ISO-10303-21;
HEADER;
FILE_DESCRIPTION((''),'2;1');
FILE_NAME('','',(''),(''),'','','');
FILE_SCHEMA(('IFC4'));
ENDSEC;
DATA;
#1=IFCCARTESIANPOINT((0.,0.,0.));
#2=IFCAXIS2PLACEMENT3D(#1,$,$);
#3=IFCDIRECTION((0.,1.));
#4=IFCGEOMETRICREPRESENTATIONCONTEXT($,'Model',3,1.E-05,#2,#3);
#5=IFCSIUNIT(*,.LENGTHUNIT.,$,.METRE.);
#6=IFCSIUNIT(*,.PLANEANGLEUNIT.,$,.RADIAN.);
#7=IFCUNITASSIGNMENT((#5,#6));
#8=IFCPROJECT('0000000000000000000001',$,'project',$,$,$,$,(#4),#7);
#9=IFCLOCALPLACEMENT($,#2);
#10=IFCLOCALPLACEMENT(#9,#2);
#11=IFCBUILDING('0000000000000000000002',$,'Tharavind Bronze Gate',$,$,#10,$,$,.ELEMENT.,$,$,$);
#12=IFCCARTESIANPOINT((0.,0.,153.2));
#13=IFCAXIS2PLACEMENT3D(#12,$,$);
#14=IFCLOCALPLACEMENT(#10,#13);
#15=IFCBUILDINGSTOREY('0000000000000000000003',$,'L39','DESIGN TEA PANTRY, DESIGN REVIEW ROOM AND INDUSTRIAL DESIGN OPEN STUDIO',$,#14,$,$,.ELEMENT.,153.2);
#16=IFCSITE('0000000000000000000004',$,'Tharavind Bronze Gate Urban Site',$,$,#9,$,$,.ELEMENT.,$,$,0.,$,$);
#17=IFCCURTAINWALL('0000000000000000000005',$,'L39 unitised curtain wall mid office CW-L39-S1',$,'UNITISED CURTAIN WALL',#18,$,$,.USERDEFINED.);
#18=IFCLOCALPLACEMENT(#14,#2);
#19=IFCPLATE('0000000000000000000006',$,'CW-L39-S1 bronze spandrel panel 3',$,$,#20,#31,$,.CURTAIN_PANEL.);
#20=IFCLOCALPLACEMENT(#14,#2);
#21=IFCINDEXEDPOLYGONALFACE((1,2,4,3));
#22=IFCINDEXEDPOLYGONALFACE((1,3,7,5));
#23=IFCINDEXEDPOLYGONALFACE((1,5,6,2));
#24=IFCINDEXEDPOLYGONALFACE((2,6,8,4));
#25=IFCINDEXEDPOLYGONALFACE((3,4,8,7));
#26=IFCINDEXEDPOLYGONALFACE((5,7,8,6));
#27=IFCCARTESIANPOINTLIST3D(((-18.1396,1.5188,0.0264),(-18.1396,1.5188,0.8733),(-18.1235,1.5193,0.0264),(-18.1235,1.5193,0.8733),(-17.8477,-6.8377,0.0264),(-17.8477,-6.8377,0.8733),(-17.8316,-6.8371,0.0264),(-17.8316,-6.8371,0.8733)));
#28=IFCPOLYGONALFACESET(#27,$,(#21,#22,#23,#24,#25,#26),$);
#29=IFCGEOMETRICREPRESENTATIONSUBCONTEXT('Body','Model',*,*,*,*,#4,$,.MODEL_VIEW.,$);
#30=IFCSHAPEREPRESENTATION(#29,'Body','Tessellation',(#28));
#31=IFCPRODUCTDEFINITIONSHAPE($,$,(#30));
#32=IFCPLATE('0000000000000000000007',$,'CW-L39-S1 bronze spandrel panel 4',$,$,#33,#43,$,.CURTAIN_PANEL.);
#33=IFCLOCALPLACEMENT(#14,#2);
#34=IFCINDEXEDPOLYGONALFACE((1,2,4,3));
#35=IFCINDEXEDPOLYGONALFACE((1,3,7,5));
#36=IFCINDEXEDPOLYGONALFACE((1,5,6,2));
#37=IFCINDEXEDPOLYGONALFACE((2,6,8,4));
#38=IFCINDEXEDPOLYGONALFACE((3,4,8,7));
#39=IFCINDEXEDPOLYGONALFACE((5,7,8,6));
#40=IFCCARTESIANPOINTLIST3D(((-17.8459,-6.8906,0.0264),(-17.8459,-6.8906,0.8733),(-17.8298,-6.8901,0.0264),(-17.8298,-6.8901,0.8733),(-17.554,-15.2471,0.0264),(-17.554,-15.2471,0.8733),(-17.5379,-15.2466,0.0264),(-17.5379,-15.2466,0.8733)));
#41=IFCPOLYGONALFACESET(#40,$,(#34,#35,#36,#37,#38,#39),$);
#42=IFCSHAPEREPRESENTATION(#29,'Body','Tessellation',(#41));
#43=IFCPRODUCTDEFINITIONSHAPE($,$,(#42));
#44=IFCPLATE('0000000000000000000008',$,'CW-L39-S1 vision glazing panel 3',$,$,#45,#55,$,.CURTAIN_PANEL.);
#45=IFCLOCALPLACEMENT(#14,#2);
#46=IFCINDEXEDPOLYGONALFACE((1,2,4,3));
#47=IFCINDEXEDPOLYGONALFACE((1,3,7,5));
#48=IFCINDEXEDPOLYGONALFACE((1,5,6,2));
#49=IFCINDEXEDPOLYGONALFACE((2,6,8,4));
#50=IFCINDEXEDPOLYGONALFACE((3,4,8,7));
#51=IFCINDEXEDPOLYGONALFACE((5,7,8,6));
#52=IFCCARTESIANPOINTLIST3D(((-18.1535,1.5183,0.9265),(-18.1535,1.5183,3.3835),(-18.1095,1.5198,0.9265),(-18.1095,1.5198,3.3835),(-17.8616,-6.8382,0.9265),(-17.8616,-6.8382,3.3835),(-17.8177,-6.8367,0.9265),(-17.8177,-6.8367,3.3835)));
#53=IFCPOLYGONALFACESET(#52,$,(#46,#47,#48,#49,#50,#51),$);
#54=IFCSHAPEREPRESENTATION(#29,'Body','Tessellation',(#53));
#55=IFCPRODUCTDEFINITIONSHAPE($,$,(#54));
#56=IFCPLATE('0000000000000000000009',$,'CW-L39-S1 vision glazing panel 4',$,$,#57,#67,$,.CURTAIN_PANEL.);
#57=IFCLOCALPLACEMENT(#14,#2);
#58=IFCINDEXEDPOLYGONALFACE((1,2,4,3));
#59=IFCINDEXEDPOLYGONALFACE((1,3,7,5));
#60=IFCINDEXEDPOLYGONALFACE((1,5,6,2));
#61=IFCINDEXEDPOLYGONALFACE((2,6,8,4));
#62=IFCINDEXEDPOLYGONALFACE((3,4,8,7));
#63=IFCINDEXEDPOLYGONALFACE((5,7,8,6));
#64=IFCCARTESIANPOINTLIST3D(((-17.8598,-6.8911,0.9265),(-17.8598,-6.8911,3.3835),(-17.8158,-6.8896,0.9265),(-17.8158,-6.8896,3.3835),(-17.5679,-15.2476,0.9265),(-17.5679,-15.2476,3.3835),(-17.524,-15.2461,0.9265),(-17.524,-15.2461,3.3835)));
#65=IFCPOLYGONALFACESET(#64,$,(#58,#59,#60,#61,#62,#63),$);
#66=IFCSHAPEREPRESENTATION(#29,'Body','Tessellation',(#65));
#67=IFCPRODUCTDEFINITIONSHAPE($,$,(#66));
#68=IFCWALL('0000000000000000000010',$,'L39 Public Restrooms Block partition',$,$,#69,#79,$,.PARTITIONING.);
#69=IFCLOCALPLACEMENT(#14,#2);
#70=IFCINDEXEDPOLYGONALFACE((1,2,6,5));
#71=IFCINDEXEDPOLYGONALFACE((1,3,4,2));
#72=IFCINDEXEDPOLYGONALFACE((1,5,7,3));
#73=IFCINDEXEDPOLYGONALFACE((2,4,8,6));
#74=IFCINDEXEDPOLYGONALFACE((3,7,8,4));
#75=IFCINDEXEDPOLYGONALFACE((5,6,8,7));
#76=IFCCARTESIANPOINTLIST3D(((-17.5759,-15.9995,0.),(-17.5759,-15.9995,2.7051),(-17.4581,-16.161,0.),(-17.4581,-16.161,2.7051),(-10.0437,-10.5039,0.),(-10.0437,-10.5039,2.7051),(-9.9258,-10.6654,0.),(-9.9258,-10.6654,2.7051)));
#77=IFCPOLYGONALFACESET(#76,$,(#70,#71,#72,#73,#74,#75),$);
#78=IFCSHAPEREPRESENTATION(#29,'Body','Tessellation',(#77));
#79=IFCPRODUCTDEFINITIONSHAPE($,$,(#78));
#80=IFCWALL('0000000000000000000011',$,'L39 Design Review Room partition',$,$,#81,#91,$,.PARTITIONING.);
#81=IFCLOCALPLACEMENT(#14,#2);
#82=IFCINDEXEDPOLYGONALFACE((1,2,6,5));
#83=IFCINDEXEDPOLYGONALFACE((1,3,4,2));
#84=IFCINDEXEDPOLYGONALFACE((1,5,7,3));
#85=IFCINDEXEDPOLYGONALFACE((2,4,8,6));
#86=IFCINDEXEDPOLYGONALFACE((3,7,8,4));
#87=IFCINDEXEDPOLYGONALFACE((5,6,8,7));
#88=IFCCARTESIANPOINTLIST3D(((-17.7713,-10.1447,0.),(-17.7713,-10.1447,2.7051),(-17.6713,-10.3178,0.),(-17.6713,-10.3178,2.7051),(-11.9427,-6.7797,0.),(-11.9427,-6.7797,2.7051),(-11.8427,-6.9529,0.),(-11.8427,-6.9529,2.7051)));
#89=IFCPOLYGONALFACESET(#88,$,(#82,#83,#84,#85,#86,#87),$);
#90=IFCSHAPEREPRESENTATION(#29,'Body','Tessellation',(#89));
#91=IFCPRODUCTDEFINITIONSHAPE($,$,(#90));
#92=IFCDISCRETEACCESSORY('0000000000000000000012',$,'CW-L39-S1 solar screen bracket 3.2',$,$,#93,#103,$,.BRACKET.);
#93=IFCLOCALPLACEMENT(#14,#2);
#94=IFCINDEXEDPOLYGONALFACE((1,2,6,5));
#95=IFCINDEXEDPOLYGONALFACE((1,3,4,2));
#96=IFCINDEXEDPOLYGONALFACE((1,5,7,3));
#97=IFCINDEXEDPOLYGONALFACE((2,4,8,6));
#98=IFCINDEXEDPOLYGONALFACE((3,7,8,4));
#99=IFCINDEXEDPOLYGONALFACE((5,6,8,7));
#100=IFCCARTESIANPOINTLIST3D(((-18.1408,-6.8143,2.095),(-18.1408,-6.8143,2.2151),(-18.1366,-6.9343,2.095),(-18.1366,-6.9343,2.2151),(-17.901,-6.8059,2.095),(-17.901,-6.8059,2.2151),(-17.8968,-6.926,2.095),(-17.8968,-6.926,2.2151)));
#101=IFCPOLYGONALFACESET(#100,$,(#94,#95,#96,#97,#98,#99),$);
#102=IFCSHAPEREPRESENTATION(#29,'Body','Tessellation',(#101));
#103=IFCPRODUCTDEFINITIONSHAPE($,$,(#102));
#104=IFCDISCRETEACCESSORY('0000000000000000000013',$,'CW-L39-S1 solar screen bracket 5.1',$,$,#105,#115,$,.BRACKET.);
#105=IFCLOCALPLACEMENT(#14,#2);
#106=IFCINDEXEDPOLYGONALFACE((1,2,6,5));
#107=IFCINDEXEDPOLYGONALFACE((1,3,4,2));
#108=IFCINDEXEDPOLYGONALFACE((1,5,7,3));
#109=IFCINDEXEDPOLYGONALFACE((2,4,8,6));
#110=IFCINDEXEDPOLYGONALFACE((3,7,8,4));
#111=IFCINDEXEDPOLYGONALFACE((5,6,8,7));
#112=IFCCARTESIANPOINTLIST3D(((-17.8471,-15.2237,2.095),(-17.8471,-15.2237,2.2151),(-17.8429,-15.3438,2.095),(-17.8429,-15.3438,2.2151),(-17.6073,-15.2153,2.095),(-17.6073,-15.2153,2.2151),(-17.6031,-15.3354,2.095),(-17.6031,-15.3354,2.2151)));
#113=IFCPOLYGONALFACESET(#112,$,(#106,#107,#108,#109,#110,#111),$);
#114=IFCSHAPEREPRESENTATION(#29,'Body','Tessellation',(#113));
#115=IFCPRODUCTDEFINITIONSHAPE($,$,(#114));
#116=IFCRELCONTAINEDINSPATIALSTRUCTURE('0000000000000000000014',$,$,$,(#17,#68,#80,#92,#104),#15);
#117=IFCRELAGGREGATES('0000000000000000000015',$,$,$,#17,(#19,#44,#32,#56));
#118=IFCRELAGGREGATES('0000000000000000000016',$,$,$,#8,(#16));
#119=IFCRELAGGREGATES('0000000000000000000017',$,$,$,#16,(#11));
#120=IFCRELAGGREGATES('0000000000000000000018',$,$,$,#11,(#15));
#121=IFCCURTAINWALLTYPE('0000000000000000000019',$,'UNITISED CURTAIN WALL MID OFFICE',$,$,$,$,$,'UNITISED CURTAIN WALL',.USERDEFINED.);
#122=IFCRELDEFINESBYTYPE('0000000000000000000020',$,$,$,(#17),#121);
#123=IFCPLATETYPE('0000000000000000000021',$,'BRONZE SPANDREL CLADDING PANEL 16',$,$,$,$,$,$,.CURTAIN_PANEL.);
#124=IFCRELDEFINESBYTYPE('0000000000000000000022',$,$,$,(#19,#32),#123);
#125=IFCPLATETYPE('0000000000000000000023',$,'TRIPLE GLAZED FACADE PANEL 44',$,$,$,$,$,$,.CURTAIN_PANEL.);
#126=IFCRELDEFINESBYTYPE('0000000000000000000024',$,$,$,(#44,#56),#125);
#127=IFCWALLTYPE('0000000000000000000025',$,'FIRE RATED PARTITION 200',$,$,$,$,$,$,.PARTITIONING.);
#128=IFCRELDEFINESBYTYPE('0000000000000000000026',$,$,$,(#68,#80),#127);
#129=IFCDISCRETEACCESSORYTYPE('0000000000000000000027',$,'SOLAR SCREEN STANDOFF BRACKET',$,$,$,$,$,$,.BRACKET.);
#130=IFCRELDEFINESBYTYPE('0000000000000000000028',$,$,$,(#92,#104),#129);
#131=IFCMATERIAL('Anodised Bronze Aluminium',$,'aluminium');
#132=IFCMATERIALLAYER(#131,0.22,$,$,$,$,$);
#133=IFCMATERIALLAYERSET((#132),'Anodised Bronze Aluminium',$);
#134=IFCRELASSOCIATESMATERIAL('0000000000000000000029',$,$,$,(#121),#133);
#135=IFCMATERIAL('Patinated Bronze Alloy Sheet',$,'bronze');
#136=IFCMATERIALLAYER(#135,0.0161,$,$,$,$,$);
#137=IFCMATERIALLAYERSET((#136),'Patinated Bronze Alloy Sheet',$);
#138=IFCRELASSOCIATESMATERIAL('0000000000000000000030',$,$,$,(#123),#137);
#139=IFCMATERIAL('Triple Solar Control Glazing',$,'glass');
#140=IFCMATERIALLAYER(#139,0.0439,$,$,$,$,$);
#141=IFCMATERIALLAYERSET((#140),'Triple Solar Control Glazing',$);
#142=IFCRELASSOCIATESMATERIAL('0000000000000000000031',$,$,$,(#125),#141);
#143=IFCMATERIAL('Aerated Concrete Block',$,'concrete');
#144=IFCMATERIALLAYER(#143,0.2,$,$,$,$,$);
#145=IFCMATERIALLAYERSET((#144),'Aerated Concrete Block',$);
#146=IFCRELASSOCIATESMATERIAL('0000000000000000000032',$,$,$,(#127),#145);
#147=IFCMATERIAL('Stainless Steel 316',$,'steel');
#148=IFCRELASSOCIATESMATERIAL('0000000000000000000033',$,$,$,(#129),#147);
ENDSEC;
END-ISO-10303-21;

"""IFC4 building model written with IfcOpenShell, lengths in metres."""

from ifc_helpers import new_model, si_unit, direction, frame, frame_2d, origin, origin_2d, place, context, subcontext, project, spatial, rectangle, extrude, material, layer, layer_set, type_object, element, aggregate, save


model = new_model("IFC4")

# Units and contexts
model_context = context("Model", 3, precision=1e-05, world=origin(), true_north=direction((0.0, 1.0)))
body_context = subcontext(model_context, "Body", "Model", "MODEL_VIEW")
ifc_project = project(units=[si_unit("LENGTHUNIT", "METRE"), si_unit("PLANEANGLEUNIT", "RADIAN")], contexts=[model_context])

# Site, building, storey
site_placement = place(None, origin())
site = spatial("IfcSite", under=ifc_project, at=site_placement, Name="Tharavind Bronze Gate Urban Site", CompositionType="ELEMENT", RefElevation=0.0)
building_placement = place(site_placement, origin())
building = spatial("IfcBuilding", under=site, at=building_placement, Name="Tharavind Bronze Gate", CompositionType="ELEMENT")
storey_placement = place(building_placement, frame((0.0, 0.0, 153.2)))
storey = spatial("IfcBuildingStorey", under=building, at=storey_placement, Name="L39", Description="DESIGN TEA PANTRY, DESIGN REVIEW ROOM AND INDUSTRIAL DESIGN OPEN STUDIO", CompositionType="ELEMENT", Elevation=153.2)

# Curtain wall
ifc_material_1 = material(Name="Anodised Bronze Aluminium", Category="aluminium")
ifc_layer_1 = layer(ifc_material_1, 0.22)
ifc_layer_set_1 = layer_set([ifc_layer_1], Name="Anodised Bronze Aluminium")
curtain_wall_type = type_object("IfcCurtainWallType", Name="UNITISED CURTAIN WALL MID OFFICE", ElementType="UNITISED CURTAIN WALL", PredefinedType="USERDEFINED", material=ifc_layer_set_1)
curtain_wall_placement = place(storey_placement, origin())
curtain_wall = element("IfcCurtainWall", 1, at=curtain_wall_placement, inside=storey, type_object=curtain_wall_type, Name="L39 unitised curtain wall mid office CW-L39-S1", ObjectType="UNITISED CURTAIN WALL", PredefinedType="USERDEFINED")

# Plates
ifc_material_2 = material(Name="Patinated Bronze Alloy Sheet", Category="bronze")
ifc_layer_2 = layer(ifc_material_2, 0.0161)
ifc_layer_set_2 = layer_set([ifc_layer_2], Name="Patinated Bronze Alloy Sheet")
plate_type_1 = type_object("IfcPlateType", Name="BRONZE SPANDREL CLADDING PANEL 16", PredefinedType="CURTAIN_PANEL", material=ifc_layer_set_2)
plate_1_placement = place(storey_placement, frame((-17.9856, -2.6592, 0.0264), z_axis=(0.0, 0.0, 1.0), x_axis=(0.034899, -0.999391, 0.0)))
plate_1 = element("IfcPlate", 2, at=plate_1_placement, type_object=plate_type_1, Name="CW-L39-S1 bronze spandrel panel 3", PredefinedType="CURTAIN_PANEL", context=body_context, shape_type="SweptSolid", body=[
    extrude(rectangle(XDim=8.3616, YDim=0.0161, at=origin_2d()), origin(), (0.0, 0.0, 1.0), 0.8469),
])
plate_2_placement = place(storey_placement, frame((-17.6919, -11.0686, 0.0264), z_axis=(0.0, 0.0, 1.0), x_axis=(0.034899, -0.999391, 0.0)))
plate_2 = element("IfcPlate", 3, at=plate_2_placement, type_object=plate_type_1, Name="CW-L39-S1 bronze spandrel panel 4", PredefinedType="CURTAIN_PANEL", context=body_context, shape_type="SweptSolid", body=[
    extrude(rectangle(XDim=8.3616, YDim=0.0161, at=origin_2d()), origin(), (0.0, 0.0, 1.0), 0.8469),
])
ifc_material_3 = material(Name="Triple Solar Control Glazing", Category="glass")
ifc_layer_3 = layer(ifc_material_3, 0.0439)
ifc_layer_set_3 = layer_set([ifc_layer_3], Name="Triple Solar Control Glazing")
plate_type_2 = type_object("IfcPlateType", Name="TRIPLE GLAZED FACADE PANEL 44", PredefinedType="CURTAIN_PANEL", material=ifc_layer_set_3)
plate_3_placement = place(storey_placement, frame((-17.9856, -2.6592, 0.9265), z_axis=(0.0, 0.0, 1.0), x_axis=(0.034899, -0.999391, 0.0)))
plate_3 = element("IfcPlate", 4, at=plate_3_placement, type_object=plate_type_2, Name="CW-L39-S1 vision glazing panel 3", PredefinedType="CURTAIN_PANEL", context=body_context, shape_type="SweptSolid", body=[
    extrude(rectangle(XDim=8.3616, YDim=0.0439, at=origin_2d()), origin(), (0.0, 0.0, 1.0), 2.457),
])
plate_4_placement = place(storey_placement, frame((-17.6919, -11.0686, 0.9265), z_axis=(0.0, 0.0, 1.0), x_axis=(0.034899, -0.999391, 0.0)))
plate_4 = element("IfcPlate", 5, at=plate_4_placement, type_object=plate_type_2, Name="CW-L39-S1 vision glazing panel 4", PredefinedType="CURTAIN_PANEL", context=body_context, shape_type="SweptSolid", body=[
    extrude(rectangle(XDim=8.3616, YDim=0.0439, at=origin_2d()), origin(), (0.0, 0.0, 1.0), 2.457),
])
aggregate(curtain_wall, [plate_1, plate_3, plate_2, plate_4])

# Walls
ifc_material_4 = material(Name="Aerated Concrete Block", Category="concrete")
ifc_layer_4 = layer(ifc_material_4, 0.2)
ifc_layer_set_4 = layer_set([ifc_layer_4], Name="Aerated Concrete Block")
wall_type = type_object("IfcWallType", Name="FIRE RATED PARTITION 200", PredefinedType="PARTITIONING", material=ifc_layer_set_4)
wall_1_placement = place(storey_placement, frame((-17.5171, -16.0803, 0.0), z_axis=(0.0, 0.0, 1.0), x_axis=(0.807836, 0.589407, 0.0)))
element("IfcWall", 6, at=wall_1_placement, inside=storey, type_object=wall_type, Name="L39 Public Restrooms Block partition", PredefinedType="PARTITIONING", context=body_context, shape_type="SweptSolid", body=[
    extrude(rectangle(XDim=9.324, YDim=0.2, at=frame_2d((4.6621, 0.0))), origin(), (0.0, 0.0, 1.0), 2.7051),
])
wall_2_placement = place(storey_placement, frame((-11.8926, -6.8662, 0.0), z_axis=(0.0, 0.0, 1.0), x_axis=(-0.866036, -0.499982, 0.0)))
element("IfcWall", 7, at=wall_2_placement, inside=storey, type_object=wall_type, Name="L39 Design Review Room partition", PredefinedType="PARTITIONING", context=body_context, shape_type="SweptSolid", body=[
    extrude(rectangle(XDim=6.7302, YDim=0.2, at=frame_2d((3.3652, 0.0))), origin(), (0.0, 0.0, 1.0), 2.7051),
])

# Discrete accessories
ifc_material_5 = material(Name="Stainless Steel 316", Category="steel")
discrete_accessory_type = type_object("IfcDiscreteAccessoryType", Name="SOLAR SCREEN STANDOFF BRACKET", PredefinedType="BRACKET", material=ifc_material_5)
for number, where, z_axis, x_axis, name in (
    (8, (-18.0188, -6.8701, 2.095), (0.0, 0.0, 1.0), (0.034899, -0.999391, 0.0), "CW-L39-S1 solar screen bracket 3.2"),
    (9, (-17.7251, -15.2795, 2.095), (0.0, 0.0, 1.0), (0.034899, -0.999391, 0.0), "CW-L39-S1 solar screen bracket 5.1"),
):
    element("IfcDiscreteAccessory", number, at=place(storey_placement, frame(where, z_axis=z_axis, x_axis=x_axis)), inside=storey, type_object=discrete_accessory_type, Name=name, PredefinedType="BRACKET", context=body_context, shape_type="SweptSolid", body=[
        extrude(rectangle(XDim=0.1201, YDim=0.24, at=origin_2d()), origin(), (0.0, 0.0, 1.0), 0.1201),
    ])

save(model, "model.ifc")
